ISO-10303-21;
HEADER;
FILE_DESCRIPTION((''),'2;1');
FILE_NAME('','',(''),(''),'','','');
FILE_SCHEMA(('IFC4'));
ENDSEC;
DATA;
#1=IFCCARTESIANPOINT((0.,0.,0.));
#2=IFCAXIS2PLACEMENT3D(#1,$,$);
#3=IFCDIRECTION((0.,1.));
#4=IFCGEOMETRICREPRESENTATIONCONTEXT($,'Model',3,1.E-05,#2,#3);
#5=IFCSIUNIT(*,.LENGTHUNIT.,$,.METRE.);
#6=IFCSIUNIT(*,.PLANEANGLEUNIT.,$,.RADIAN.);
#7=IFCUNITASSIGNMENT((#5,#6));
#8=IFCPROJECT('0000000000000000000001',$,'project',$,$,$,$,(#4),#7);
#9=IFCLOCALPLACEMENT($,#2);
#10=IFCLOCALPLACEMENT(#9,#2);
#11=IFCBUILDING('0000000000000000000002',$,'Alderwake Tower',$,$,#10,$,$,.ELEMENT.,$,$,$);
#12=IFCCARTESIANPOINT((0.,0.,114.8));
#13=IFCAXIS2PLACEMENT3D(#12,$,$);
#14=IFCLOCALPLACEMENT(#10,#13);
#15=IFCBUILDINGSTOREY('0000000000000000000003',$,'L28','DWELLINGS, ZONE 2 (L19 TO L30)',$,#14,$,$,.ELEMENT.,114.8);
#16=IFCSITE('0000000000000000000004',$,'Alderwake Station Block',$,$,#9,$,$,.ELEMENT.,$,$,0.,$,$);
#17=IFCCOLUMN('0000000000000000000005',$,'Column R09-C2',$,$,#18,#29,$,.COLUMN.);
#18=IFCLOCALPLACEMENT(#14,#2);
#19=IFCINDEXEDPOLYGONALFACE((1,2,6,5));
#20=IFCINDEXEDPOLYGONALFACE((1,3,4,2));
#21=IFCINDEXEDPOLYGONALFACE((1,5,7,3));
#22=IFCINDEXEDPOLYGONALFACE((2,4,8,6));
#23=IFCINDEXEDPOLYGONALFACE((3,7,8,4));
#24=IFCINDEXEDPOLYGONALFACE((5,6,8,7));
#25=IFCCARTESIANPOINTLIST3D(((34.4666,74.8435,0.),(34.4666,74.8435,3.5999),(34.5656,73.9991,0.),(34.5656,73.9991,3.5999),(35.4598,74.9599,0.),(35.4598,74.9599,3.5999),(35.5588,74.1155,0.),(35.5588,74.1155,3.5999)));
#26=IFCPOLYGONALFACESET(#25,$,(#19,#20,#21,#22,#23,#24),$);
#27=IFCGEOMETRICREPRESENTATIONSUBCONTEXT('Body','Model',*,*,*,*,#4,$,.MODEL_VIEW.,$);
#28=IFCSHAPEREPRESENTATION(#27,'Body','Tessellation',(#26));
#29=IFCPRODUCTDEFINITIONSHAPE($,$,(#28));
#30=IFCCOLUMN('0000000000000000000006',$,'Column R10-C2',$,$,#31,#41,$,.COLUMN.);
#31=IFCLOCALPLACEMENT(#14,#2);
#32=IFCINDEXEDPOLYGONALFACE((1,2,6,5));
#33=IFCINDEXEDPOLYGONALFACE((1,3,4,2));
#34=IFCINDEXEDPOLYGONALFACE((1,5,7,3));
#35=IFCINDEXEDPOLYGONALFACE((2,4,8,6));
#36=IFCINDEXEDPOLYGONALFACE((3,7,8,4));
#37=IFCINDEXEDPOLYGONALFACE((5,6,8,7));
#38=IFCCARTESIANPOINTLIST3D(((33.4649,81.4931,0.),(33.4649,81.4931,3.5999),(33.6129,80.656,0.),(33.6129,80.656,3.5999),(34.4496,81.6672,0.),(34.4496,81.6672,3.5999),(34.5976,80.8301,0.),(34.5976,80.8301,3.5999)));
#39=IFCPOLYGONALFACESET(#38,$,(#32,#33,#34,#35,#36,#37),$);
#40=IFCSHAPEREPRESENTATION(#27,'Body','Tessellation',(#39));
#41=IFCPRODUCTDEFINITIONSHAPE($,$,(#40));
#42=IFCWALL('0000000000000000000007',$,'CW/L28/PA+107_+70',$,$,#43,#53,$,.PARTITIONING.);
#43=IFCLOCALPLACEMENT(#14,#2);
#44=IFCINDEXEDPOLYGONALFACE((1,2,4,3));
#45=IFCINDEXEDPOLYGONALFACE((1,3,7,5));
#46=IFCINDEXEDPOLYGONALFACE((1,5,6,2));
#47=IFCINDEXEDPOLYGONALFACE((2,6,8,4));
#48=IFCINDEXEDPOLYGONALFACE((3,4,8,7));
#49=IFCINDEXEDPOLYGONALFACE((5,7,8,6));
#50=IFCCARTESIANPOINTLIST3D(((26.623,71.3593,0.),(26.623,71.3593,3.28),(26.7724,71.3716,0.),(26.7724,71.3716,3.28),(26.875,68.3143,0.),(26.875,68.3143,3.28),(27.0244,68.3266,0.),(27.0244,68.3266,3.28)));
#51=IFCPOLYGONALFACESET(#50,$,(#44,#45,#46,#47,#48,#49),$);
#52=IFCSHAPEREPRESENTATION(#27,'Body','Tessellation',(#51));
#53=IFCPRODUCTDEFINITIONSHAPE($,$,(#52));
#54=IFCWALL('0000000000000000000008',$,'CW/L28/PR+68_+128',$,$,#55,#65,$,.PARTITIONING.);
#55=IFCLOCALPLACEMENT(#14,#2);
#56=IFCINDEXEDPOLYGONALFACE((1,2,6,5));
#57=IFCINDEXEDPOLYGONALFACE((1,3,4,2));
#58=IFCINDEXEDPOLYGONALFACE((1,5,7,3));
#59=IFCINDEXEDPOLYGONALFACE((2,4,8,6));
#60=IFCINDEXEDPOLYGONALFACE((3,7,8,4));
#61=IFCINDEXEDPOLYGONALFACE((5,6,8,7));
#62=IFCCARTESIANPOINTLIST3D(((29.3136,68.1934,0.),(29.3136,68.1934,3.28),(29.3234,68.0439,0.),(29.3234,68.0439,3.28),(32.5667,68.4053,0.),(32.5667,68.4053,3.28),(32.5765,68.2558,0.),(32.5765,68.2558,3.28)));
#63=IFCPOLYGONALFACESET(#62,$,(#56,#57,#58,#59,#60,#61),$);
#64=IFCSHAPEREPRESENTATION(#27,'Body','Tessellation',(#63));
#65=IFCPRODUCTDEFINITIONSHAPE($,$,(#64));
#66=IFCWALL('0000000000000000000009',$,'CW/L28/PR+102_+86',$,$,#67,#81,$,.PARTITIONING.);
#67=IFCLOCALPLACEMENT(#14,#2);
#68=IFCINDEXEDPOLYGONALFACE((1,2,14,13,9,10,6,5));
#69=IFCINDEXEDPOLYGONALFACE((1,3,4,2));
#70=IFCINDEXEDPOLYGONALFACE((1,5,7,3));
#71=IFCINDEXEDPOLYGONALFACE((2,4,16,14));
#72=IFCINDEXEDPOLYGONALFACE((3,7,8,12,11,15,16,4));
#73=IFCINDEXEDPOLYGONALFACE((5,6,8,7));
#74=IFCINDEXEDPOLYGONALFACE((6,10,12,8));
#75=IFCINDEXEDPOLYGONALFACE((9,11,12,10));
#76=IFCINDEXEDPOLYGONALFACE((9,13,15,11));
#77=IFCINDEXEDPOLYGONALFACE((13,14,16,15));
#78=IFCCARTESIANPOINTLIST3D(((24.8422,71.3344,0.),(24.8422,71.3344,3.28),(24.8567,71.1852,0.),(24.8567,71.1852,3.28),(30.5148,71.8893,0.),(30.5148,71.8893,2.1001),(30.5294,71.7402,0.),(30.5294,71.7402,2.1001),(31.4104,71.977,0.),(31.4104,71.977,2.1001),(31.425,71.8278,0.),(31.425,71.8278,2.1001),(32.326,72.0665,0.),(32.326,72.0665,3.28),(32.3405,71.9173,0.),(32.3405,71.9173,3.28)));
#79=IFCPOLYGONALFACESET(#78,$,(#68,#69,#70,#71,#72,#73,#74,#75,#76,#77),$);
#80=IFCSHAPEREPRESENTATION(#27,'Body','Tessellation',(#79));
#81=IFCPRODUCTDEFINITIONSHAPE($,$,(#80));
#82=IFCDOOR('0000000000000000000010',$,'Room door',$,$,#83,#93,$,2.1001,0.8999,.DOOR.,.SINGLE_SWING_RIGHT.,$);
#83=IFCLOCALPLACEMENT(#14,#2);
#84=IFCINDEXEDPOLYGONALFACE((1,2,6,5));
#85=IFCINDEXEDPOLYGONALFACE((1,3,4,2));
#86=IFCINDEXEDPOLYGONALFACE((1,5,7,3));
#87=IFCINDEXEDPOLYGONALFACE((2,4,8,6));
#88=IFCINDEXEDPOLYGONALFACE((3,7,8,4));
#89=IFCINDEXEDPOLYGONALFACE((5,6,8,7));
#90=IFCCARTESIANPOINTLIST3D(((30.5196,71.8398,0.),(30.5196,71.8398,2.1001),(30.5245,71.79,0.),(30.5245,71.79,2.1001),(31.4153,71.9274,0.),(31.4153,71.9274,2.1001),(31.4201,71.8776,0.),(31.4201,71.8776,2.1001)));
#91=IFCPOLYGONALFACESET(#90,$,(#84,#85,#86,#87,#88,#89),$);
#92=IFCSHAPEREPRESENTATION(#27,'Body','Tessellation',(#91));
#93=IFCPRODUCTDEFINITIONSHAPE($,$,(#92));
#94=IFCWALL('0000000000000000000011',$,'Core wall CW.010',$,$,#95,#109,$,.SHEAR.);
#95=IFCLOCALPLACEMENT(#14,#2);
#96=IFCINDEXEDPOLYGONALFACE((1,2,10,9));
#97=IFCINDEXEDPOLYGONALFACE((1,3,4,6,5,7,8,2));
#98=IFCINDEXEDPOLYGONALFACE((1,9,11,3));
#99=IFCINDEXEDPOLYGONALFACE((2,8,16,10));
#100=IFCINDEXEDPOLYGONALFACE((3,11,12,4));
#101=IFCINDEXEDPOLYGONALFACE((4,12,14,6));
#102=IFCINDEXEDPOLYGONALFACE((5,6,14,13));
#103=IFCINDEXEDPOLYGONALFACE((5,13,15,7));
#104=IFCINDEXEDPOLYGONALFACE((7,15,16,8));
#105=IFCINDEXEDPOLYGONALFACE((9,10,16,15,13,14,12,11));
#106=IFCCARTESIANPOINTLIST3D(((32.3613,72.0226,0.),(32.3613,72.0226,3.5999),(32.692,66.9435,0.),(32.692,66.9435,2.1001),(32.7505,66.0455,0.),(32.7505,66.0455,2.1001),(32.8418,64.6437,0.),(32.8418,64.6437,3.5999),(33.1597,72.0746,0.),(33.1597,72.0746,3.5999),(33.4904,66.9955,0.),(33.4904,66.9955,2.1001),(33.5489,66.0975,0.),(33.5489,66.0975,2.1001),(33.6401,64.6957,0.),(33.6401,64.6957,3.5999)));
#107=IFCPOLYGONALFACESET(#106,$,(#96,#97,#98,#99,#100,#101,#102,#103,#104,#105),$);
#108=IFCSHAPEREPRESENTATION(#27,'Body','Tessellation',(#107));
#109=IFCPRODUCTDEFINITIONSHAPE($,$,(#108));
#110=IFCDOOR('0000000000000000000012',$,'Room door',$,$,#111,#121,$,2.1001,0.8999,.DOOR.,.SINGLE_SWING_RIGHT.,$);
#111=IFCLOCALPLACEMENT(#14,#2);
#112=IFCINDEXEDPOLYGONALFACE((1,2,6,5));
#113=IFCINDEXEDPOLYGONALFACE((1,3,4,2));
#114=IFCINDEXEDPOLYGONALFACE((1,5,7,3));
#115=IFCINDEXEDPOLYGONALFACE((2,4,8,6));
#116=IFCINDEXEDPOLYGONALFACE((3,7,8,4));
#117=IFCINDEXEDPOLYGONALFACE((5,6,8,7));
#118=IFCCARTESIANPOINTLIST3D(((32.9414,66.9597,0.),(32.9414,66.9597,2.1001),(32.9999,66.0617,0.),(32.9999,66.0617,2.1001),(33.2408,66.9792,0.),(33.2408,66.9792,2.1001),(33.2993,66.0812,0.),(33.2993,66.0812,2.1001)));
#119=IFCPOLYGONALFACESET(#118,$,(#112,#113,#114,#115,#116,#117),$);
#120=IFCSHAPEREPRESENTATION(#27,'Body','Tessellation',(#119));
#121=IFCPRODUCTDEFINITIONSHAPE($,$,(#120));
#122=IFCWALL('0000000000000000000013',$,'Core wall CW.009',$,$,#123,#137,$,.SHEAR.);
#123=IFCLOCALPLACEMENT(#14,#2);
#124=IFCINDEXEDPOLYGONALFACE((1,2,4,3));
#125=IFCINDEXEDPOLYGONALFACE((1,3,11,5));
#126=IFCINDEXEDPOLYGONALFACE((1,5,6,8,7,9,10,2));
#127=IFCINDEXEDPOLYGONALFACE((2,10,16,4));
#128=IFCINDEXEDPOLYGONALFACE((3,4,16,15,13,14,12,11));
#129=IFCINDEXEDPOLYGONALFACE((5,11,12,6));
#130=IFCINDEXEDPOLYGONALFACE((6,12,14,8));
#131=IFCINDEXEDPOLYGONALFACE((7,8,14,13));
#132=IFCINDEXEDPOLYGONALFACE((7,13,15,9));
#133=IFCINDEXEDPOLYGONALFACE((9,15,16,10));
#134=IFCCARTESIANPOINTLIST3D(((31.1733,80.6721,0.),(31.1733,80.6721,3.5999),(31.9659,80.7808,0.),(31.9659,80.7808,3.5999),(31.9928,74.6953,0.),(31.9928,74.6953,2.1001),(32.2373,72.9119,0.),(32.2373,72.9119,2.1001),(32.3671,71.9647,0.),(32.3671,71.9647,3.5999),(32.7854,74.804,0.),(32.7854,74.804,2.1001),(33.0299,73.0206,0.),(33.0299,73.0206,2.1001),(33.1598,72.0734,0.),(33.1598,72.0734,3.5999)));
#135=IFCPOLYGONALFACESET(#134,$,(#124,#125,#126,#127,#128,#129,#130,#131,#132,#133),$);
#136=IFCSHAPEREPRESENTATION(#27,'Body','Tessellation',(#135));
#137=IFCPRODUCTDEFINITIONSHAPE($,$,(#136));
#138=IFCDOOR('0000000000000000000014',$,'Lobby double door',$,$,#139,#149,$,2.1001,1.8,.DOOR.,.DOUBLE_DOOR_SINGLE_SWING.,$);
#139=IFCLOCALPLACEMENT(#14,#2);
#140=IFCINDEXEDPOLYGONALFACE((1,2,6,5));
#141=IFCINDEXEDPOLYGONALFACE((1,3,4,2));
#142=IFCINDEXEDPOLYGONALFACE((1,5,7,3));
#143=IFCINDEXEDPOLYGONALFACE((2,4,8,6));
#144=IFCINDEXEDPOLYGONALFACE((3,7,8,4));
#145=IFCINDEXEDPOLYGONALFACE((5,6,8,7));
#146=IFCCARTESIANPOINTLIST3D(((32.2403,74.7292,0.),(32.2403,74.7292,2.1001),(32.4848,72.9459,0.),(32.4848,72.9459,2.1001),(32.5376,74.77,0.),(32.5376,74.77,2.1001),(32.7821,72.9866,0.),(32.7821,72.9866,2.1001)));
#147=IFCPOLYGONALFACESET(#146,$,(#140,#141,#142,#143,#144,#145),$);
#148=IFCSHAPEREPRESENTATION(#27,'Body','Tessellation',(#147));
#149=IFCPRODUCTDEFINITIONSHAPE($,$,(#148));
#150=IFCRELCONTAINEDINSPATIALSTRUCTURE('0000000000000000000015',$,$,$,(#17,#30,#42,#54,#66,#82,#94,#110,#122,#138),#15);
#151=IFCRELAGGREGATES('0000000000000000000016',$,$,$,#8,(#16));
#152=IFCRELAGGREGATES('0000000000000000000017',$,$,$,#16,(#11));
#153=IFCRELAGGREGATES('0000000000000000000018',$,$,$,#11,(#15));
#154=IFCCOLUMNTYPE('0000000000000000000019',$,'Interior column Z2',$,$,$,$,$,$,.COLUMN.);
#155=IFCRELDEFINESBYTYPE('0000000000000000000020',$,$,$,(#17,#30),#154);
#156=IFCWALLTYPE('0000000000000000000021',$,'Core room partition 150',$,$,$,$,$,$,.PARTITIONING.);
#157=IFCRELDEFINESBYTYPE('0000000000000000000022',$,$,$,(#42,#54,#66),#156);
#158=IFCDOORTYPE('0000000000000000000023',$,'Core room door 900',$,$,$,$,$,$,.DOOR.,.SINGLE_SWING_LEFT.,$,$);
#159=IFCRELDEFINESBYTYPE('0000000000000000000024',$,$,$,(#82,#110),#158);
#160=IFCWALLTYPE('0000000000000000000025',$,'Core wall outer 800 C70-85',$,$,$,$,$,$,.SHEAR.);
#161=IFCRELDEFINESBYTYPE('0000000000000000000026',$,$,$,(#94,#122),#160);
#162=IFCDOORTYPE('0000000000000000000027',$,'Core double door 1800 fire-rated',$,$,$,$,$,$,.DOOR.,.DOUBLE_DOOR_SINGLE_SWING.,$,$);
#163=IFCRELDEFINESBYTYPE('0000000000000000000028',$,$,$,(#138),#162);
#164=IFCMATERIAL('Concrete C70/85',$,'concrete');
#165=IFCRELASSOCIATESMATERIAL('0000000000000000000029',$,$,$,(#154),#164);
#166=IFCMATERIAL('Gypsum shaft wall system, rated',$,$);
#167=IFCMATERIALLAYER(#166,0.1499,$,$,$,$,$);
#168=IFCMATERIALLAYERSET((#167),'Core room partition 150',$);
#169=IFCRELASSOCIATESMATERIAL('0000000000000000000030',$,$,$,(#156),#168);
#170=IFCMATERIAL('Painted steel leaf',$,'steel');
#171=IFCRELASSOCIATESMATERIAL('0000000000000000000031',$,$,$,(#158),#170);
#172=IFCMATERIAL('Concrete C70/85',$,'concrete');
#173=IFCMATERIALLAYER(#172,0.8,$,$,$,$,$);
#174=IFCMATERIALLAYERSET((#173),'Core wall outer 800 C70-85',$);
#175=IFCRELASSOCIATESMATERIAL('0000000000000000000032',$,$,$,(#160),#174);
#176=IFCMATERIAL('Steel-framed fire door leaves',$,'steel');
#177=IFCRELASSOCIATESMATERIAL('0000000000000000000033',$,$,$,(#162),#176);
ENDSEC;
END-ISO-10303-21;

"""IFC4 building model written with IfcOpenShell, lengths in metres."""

from ifc_helpers import new_model, si_unit, direction, frame, frame_2d, origin, origin_2d, place, context, subcontext, project, spatial, rectangle, extrude, material, layer, layer_set, material_profile, profile_set, type_object, element, fill, save


model = new_model("IFC4")

# Units and contexts
model_context = context("Model", 3, precision=1e-05, world=origin(), true_north=direction((0.0, 1.0)))
body_context = subcontext(model_context, "Body", "Model", "MODEL_VIEW")
ifc_project = project(units=[si_unit("LENGTHUNIT", "METRE"), si_unit("PLANEANGLEUNIT", "RADIAN")], contexts=[model_context])

# Site, building, storey
site_placement = place(None, origin())
site = spatial("IfcSite", under=ifc_project, at=site_placement, Name="Alderwake Station Block", CompositionType="ELEMENT", RefElevation=0.0)
building_placement = place(site_placement, origin())
building = spatial("IfcBuilding", under=site, at=building_placement, Name="Alderwake Tower", CompositionType="ELEMENT")
storey_placement = place(building_placement, frame((0.0, 0.0, 114.8)))
storey = spatial("IfcBuildingStorey", under=building, at=storey_placement, Name="L28", Description="DWELLINGS, ZONE 2 (L19 TO L30)", CompositionType="ELEMENT", Elevation=114.8)

# Columns
ifc_material_1 = material(Name="Concrete C70/85", Category="concrete")
ifc_material_profile = material_profile(ifc_material_1, rectangle(XDim=0.8501, YDim=1.0, at=origin_2d()), Name="RC 1000X850")
ifc_profile_set = profile_set([ifc_material_profile], Name="Concrete C70/85")
column_type = type_object("IfcColumnType", Name="Interior column Z2", PredefinedType="COLUMN", material=ifc_profile_set)
for number, where, z_axis, x_axis, name in (
    (1, (35.0127, 74.4795, 0.0), (0.0, 0.0, 1.0), (-0.116402, 0.993202, 0.0), "Column R09-C2"),
    (2, (34.0312, 81.1616, 0.0), (0.0, 0.0, 1.0), (-0.174109, 0.984726, 0.0), "Column R10-C2"),
):
    element("IfcColumn", number, at=place(storey_placement, frame(where, z_axis=z_axis, x_axis=x_axis)), inside=storey, type_object=column_type, Name=name, PredefinedType="COLUMN", context=body_context, shape_type="SweptSolid", body=[
        extrude(rectangle(XDim=0.8501, YDim=1.0, at=origin_2d()), origin(), (0.0, 0.0, 1.0), 3.5999),
    ])

# Walls
ifc_material_2 = material(Name="Gypsum shaft wall system, rated")
ifc_layer_1 = layer(ifc_material_2, 0.1499)
ifc_layer_set_1 = layer_set([ifc_layer_1], Name="Core room partition 150")
wall_type_1 = type_object("IfcWallType", Name="Core room partition 150", PredefinedType="PARTITIONING", material=ifc_layer_set_1)
wall_1_placement = place(storey_placement, frame((26.9497, 68.3203, 0.0), z_axis=(0.0, 0.0, 1.0), x_axis=(-0.082464, 0.996594, 0.0)))
element("IfcWall", 3, at=wall_1_placement, inside=storey, type_object=wall_type_1, Name="CW/L28/PA+107_+70", PredefinedType="PARTITIONING", context=body_context, shape_type="SweptSolid", body=[
    extrude(rectangle(XDim=3.0554, YDim=0.1499, at=frame_2d((1.5278, 0.0))), origin(), (0.0, 0.0, 1.0), 3.28),
])
wall_2_placement = place(storey_placement, frame((29.3186, 68.1187, 0.0), z_axis=(0.0, 0.0, 1.0), x_axis=(0.997885, 0.065003, 0.0)))
element("IfcWall", 4, at=wall_2_placement, inside=storey, type_object=wall_type_1, Name="CW/L28/PR+68_+128", PredefinedType="PARTITIONING", context=body_context, shape_type="SweptSolid", body=[
    extrude(rectangle(XDim=3.26, YDim=0.1499, at=frame_2d((1.6299, 0.0))), origin(), (0.0, 0.0, 1.0), 3.28),
])

# Walls, openings, doors
wall_3_placement = place(storey_placement, frame((32.3333, 71.9919, 0.0), z_axis=(0.0, 0.0, 1.0), x_axis=(-0.995248, -0.097369, 0.0)))
wall_3 = element("IfcWall", 5, at=wall_3_placement, inside=storey, type_object=wall_type_1, Name="CW/L28/PR+102_+86", PredefinedType="PARTITIONING", context=body_context, shape_type="SweptSolid", body=[
    extrude(rectangle(XDim=7.5195, YDim=0.1499, at=frame_2d((3.7598, 0.0))), origin(), (0.0, 0.0, 1.0), 3.28),
])
opening_1_placement = place(wall_3_placement, frame((0.9199, 0.0, 0.0)))
opening_1 = element("IfcOpeningElement", 6, at=opening_1_placement, cuts=wall_3, PredefinedType="OPENING", context=body_context, shape_type="SweptSolid", body=[
    extrude(rectangle(XDim=0.8999, YDim=2.1001, at=frame_2d((0.45, 1.05))), frame((0.0, 0.085, 0.0), z_axis=(0.0, -1.0, 0.0), x_axis=(1.0, 0.0, 0.0)), (0.0, 0.0, 1.0), 0.1699),
])
ifc_material_3 = material(Name="Painted steel leaf", Category="steel")
door_type_1 = type_object("IfcDoorType", Name="Core room door 900", OperationType="SINGLE_SWING_LEFT", PredefinedType="DOOR", material=ifc_material_3)
door_1_placement = place(opening_1_placement, origin())
door_1 = element("IfcDoor", 7, at=door_1_placement, inside=storey, type_object=door_type_1, Name="Room door", OperationType="SINGLE_SWING_RIGHT", OverallHeight=2.1001, OverallWidth=0.8999, PredefinedType="DOOR", context=body_context, shape_type="SweptSolid", body=[
    extrude(rectangle(XDim=0.8999, YDim=2.1001, at=frame_2d((0.45, 1.05))), frame((0.0, 0.0249, 0.0), z_axis=(0.0, -1.0, 0.0), x_axis=(1.0, 0.0, 0.0)), (0.0, 0.0, 1.0), 0.05),
])
fill(opening_1, door_1)
ifc_material_4 = material(Name="Concrete C70/85", Category="concrete")
ifc_layer_2 = layer(ifc_material_4, 0.8)
ifc_layer_set_2 = layer_set([ifc_layer_2], Name="Core wall outer 800 C70-85")
wall_type_2 = type_object("IfcWallType", Name="Core wall outer 800 C70-85", PredefinedType="SHEAR", material=ifc_layer_set_2)
wall_4_placement = place(storey_placement, frame((32.7605, 72.0486, 0.0), z_axis=(0.0, 0.0, 1.0), x_axis=(0.064976, -0.997887, 0.0)))
wall_4 = element("IfcWall", 8, at=wall_4_placement, inside=storey, type_object=wall_type_2, Name="Core wall CW.010", PredefinedType="SHEAR", context=body_context, shape_type="SweptSolid", body=[
    extrude(rectangle(XDim=7.3945, YDim=0.8, at=frame_2d((3.6973, 0.0))), origin(), (0.0, 0.0, 1.0), 3.5999),
])
opening_2_placement = place(wall_4_placement, frame((5.0898, 0.0, 0.0)))
opening_2 = element("IfcOpeningElement", 9, at=opening_2_placement, cuts=wall_4, PredefinedType="OPENING", context=body_context, shape_type="SweptSolid", body=[
    extrude(rectangle(XDim=0.8999, YDim=2.1001, at=frame_2d((0.45, 1.05))), frame((0.0, 0.4099, 0.0), z_axis=(0.0, -1.0, 0.0), x_axis=(1.0, 0.0, 0.0)), (0.0, 0.0, 1.0), 0.8201),
])
door_2_placement = place(opening_2_placement, origin())
door_2 = element("IfcDoor", 10, at=door_2_placement, inside=storey, type_object=door_type_1, Name="Room door", OperationType="SINGLE_SWING_RIGHT", OverallHeight=2.1001, OverallWidth=0.8999, PredefinedType="DOOR", context=body_context, shape_type="SweptSolid", body=[
    extrude(rectangle(XDim=0.8999, YDim=2.1001, at=frame_2d((0.45, 1.05))), frame((0.0, 0.1499, 0.0), z_axis=(0.0, -1.0, 0.0), x_axis=(1.0, 0.0, 0.0)), (0.0, 0.0, 1.0), 0.3),
])
fill(opening_2, door_2)
wall_5_placement = place(storey_placement, frame((31.5696, 80.7266, 0.0), z_axis=(0.0, 0.0, 1.0), x_axis=(0.135838, -0.990731, 0.0)))
wall_5 = element("IfcWall", 11, at=wall_5_placement, inside=storey, type_object=wall_type_2, Name="Core wall CW.009", PredefinedType="SHEAR", context=body_context, shape_type="SweptSolid", body=[
    extrude(rectangle(XDim=8.7888, YDim=0.8, at=frame_2d((4.3945, 0.0))), origin(), (0.0, 0.0, 1.0), 3.5999),
])
opening_3_placement = place(wall_5_placement, frame((6.033, 0.0, 0.0)))
opening_3 = element("IfcOpeningElement", 12, at=opening_3_placement, cuts=wall_5, PredefinedType="OPENING", context=body_context, shape_type="SweptSolid", body=[
    extrude(rectangle(XDim=1.8, YDim=2.1001, at=frame_2d((0.8999, 1.05))), frame((0.0, 0.4099, 0.0), z_axis=(0.0, -1.0, 0.0), x_axis=(1.0, 0.0, 0.0)), (0.0, 0.0, 1.0), 0.8201),
])
ifc_material_5 = material(Name="Steel-framed fire door leaves", Category="steel")
door_type_2 = type_object("IfcDoorType", Name="Core double door 1800 fire-rated", OperationType="DOUBLE_DOOR_SINGLE_SWING", PredefinedType="DOOR", material=ifc_material_5)
door_3_placement = place(opening_3_placement, origin())
door_3 = element("IfcDoor", 13, at=door_3_placement, inside=storey, type_object=door_type_2, Name="Lobby double door", OperationType="DOUBLE_DOOR_SINGLE_SWING", OverallHeight=2.1001, OverallWidth=1.8, PredefinedType="DOOR", context=body_context, shape_type="SweptSolid", body=[
    extrude(rectangle(XDim=1.8, YDim=2.1001, at=frame_2d((0.8999, 1.05))), frame((0.0, 0.1499, 0.0), z_axis=(0.0, -1.0, 0.0), x_axis=(1.0, 0.0, 0.0)), (0.0, 0.0, 1.0), 0.3),
])
fill(opening_3, door_3)

save(model, "model.ifc")
